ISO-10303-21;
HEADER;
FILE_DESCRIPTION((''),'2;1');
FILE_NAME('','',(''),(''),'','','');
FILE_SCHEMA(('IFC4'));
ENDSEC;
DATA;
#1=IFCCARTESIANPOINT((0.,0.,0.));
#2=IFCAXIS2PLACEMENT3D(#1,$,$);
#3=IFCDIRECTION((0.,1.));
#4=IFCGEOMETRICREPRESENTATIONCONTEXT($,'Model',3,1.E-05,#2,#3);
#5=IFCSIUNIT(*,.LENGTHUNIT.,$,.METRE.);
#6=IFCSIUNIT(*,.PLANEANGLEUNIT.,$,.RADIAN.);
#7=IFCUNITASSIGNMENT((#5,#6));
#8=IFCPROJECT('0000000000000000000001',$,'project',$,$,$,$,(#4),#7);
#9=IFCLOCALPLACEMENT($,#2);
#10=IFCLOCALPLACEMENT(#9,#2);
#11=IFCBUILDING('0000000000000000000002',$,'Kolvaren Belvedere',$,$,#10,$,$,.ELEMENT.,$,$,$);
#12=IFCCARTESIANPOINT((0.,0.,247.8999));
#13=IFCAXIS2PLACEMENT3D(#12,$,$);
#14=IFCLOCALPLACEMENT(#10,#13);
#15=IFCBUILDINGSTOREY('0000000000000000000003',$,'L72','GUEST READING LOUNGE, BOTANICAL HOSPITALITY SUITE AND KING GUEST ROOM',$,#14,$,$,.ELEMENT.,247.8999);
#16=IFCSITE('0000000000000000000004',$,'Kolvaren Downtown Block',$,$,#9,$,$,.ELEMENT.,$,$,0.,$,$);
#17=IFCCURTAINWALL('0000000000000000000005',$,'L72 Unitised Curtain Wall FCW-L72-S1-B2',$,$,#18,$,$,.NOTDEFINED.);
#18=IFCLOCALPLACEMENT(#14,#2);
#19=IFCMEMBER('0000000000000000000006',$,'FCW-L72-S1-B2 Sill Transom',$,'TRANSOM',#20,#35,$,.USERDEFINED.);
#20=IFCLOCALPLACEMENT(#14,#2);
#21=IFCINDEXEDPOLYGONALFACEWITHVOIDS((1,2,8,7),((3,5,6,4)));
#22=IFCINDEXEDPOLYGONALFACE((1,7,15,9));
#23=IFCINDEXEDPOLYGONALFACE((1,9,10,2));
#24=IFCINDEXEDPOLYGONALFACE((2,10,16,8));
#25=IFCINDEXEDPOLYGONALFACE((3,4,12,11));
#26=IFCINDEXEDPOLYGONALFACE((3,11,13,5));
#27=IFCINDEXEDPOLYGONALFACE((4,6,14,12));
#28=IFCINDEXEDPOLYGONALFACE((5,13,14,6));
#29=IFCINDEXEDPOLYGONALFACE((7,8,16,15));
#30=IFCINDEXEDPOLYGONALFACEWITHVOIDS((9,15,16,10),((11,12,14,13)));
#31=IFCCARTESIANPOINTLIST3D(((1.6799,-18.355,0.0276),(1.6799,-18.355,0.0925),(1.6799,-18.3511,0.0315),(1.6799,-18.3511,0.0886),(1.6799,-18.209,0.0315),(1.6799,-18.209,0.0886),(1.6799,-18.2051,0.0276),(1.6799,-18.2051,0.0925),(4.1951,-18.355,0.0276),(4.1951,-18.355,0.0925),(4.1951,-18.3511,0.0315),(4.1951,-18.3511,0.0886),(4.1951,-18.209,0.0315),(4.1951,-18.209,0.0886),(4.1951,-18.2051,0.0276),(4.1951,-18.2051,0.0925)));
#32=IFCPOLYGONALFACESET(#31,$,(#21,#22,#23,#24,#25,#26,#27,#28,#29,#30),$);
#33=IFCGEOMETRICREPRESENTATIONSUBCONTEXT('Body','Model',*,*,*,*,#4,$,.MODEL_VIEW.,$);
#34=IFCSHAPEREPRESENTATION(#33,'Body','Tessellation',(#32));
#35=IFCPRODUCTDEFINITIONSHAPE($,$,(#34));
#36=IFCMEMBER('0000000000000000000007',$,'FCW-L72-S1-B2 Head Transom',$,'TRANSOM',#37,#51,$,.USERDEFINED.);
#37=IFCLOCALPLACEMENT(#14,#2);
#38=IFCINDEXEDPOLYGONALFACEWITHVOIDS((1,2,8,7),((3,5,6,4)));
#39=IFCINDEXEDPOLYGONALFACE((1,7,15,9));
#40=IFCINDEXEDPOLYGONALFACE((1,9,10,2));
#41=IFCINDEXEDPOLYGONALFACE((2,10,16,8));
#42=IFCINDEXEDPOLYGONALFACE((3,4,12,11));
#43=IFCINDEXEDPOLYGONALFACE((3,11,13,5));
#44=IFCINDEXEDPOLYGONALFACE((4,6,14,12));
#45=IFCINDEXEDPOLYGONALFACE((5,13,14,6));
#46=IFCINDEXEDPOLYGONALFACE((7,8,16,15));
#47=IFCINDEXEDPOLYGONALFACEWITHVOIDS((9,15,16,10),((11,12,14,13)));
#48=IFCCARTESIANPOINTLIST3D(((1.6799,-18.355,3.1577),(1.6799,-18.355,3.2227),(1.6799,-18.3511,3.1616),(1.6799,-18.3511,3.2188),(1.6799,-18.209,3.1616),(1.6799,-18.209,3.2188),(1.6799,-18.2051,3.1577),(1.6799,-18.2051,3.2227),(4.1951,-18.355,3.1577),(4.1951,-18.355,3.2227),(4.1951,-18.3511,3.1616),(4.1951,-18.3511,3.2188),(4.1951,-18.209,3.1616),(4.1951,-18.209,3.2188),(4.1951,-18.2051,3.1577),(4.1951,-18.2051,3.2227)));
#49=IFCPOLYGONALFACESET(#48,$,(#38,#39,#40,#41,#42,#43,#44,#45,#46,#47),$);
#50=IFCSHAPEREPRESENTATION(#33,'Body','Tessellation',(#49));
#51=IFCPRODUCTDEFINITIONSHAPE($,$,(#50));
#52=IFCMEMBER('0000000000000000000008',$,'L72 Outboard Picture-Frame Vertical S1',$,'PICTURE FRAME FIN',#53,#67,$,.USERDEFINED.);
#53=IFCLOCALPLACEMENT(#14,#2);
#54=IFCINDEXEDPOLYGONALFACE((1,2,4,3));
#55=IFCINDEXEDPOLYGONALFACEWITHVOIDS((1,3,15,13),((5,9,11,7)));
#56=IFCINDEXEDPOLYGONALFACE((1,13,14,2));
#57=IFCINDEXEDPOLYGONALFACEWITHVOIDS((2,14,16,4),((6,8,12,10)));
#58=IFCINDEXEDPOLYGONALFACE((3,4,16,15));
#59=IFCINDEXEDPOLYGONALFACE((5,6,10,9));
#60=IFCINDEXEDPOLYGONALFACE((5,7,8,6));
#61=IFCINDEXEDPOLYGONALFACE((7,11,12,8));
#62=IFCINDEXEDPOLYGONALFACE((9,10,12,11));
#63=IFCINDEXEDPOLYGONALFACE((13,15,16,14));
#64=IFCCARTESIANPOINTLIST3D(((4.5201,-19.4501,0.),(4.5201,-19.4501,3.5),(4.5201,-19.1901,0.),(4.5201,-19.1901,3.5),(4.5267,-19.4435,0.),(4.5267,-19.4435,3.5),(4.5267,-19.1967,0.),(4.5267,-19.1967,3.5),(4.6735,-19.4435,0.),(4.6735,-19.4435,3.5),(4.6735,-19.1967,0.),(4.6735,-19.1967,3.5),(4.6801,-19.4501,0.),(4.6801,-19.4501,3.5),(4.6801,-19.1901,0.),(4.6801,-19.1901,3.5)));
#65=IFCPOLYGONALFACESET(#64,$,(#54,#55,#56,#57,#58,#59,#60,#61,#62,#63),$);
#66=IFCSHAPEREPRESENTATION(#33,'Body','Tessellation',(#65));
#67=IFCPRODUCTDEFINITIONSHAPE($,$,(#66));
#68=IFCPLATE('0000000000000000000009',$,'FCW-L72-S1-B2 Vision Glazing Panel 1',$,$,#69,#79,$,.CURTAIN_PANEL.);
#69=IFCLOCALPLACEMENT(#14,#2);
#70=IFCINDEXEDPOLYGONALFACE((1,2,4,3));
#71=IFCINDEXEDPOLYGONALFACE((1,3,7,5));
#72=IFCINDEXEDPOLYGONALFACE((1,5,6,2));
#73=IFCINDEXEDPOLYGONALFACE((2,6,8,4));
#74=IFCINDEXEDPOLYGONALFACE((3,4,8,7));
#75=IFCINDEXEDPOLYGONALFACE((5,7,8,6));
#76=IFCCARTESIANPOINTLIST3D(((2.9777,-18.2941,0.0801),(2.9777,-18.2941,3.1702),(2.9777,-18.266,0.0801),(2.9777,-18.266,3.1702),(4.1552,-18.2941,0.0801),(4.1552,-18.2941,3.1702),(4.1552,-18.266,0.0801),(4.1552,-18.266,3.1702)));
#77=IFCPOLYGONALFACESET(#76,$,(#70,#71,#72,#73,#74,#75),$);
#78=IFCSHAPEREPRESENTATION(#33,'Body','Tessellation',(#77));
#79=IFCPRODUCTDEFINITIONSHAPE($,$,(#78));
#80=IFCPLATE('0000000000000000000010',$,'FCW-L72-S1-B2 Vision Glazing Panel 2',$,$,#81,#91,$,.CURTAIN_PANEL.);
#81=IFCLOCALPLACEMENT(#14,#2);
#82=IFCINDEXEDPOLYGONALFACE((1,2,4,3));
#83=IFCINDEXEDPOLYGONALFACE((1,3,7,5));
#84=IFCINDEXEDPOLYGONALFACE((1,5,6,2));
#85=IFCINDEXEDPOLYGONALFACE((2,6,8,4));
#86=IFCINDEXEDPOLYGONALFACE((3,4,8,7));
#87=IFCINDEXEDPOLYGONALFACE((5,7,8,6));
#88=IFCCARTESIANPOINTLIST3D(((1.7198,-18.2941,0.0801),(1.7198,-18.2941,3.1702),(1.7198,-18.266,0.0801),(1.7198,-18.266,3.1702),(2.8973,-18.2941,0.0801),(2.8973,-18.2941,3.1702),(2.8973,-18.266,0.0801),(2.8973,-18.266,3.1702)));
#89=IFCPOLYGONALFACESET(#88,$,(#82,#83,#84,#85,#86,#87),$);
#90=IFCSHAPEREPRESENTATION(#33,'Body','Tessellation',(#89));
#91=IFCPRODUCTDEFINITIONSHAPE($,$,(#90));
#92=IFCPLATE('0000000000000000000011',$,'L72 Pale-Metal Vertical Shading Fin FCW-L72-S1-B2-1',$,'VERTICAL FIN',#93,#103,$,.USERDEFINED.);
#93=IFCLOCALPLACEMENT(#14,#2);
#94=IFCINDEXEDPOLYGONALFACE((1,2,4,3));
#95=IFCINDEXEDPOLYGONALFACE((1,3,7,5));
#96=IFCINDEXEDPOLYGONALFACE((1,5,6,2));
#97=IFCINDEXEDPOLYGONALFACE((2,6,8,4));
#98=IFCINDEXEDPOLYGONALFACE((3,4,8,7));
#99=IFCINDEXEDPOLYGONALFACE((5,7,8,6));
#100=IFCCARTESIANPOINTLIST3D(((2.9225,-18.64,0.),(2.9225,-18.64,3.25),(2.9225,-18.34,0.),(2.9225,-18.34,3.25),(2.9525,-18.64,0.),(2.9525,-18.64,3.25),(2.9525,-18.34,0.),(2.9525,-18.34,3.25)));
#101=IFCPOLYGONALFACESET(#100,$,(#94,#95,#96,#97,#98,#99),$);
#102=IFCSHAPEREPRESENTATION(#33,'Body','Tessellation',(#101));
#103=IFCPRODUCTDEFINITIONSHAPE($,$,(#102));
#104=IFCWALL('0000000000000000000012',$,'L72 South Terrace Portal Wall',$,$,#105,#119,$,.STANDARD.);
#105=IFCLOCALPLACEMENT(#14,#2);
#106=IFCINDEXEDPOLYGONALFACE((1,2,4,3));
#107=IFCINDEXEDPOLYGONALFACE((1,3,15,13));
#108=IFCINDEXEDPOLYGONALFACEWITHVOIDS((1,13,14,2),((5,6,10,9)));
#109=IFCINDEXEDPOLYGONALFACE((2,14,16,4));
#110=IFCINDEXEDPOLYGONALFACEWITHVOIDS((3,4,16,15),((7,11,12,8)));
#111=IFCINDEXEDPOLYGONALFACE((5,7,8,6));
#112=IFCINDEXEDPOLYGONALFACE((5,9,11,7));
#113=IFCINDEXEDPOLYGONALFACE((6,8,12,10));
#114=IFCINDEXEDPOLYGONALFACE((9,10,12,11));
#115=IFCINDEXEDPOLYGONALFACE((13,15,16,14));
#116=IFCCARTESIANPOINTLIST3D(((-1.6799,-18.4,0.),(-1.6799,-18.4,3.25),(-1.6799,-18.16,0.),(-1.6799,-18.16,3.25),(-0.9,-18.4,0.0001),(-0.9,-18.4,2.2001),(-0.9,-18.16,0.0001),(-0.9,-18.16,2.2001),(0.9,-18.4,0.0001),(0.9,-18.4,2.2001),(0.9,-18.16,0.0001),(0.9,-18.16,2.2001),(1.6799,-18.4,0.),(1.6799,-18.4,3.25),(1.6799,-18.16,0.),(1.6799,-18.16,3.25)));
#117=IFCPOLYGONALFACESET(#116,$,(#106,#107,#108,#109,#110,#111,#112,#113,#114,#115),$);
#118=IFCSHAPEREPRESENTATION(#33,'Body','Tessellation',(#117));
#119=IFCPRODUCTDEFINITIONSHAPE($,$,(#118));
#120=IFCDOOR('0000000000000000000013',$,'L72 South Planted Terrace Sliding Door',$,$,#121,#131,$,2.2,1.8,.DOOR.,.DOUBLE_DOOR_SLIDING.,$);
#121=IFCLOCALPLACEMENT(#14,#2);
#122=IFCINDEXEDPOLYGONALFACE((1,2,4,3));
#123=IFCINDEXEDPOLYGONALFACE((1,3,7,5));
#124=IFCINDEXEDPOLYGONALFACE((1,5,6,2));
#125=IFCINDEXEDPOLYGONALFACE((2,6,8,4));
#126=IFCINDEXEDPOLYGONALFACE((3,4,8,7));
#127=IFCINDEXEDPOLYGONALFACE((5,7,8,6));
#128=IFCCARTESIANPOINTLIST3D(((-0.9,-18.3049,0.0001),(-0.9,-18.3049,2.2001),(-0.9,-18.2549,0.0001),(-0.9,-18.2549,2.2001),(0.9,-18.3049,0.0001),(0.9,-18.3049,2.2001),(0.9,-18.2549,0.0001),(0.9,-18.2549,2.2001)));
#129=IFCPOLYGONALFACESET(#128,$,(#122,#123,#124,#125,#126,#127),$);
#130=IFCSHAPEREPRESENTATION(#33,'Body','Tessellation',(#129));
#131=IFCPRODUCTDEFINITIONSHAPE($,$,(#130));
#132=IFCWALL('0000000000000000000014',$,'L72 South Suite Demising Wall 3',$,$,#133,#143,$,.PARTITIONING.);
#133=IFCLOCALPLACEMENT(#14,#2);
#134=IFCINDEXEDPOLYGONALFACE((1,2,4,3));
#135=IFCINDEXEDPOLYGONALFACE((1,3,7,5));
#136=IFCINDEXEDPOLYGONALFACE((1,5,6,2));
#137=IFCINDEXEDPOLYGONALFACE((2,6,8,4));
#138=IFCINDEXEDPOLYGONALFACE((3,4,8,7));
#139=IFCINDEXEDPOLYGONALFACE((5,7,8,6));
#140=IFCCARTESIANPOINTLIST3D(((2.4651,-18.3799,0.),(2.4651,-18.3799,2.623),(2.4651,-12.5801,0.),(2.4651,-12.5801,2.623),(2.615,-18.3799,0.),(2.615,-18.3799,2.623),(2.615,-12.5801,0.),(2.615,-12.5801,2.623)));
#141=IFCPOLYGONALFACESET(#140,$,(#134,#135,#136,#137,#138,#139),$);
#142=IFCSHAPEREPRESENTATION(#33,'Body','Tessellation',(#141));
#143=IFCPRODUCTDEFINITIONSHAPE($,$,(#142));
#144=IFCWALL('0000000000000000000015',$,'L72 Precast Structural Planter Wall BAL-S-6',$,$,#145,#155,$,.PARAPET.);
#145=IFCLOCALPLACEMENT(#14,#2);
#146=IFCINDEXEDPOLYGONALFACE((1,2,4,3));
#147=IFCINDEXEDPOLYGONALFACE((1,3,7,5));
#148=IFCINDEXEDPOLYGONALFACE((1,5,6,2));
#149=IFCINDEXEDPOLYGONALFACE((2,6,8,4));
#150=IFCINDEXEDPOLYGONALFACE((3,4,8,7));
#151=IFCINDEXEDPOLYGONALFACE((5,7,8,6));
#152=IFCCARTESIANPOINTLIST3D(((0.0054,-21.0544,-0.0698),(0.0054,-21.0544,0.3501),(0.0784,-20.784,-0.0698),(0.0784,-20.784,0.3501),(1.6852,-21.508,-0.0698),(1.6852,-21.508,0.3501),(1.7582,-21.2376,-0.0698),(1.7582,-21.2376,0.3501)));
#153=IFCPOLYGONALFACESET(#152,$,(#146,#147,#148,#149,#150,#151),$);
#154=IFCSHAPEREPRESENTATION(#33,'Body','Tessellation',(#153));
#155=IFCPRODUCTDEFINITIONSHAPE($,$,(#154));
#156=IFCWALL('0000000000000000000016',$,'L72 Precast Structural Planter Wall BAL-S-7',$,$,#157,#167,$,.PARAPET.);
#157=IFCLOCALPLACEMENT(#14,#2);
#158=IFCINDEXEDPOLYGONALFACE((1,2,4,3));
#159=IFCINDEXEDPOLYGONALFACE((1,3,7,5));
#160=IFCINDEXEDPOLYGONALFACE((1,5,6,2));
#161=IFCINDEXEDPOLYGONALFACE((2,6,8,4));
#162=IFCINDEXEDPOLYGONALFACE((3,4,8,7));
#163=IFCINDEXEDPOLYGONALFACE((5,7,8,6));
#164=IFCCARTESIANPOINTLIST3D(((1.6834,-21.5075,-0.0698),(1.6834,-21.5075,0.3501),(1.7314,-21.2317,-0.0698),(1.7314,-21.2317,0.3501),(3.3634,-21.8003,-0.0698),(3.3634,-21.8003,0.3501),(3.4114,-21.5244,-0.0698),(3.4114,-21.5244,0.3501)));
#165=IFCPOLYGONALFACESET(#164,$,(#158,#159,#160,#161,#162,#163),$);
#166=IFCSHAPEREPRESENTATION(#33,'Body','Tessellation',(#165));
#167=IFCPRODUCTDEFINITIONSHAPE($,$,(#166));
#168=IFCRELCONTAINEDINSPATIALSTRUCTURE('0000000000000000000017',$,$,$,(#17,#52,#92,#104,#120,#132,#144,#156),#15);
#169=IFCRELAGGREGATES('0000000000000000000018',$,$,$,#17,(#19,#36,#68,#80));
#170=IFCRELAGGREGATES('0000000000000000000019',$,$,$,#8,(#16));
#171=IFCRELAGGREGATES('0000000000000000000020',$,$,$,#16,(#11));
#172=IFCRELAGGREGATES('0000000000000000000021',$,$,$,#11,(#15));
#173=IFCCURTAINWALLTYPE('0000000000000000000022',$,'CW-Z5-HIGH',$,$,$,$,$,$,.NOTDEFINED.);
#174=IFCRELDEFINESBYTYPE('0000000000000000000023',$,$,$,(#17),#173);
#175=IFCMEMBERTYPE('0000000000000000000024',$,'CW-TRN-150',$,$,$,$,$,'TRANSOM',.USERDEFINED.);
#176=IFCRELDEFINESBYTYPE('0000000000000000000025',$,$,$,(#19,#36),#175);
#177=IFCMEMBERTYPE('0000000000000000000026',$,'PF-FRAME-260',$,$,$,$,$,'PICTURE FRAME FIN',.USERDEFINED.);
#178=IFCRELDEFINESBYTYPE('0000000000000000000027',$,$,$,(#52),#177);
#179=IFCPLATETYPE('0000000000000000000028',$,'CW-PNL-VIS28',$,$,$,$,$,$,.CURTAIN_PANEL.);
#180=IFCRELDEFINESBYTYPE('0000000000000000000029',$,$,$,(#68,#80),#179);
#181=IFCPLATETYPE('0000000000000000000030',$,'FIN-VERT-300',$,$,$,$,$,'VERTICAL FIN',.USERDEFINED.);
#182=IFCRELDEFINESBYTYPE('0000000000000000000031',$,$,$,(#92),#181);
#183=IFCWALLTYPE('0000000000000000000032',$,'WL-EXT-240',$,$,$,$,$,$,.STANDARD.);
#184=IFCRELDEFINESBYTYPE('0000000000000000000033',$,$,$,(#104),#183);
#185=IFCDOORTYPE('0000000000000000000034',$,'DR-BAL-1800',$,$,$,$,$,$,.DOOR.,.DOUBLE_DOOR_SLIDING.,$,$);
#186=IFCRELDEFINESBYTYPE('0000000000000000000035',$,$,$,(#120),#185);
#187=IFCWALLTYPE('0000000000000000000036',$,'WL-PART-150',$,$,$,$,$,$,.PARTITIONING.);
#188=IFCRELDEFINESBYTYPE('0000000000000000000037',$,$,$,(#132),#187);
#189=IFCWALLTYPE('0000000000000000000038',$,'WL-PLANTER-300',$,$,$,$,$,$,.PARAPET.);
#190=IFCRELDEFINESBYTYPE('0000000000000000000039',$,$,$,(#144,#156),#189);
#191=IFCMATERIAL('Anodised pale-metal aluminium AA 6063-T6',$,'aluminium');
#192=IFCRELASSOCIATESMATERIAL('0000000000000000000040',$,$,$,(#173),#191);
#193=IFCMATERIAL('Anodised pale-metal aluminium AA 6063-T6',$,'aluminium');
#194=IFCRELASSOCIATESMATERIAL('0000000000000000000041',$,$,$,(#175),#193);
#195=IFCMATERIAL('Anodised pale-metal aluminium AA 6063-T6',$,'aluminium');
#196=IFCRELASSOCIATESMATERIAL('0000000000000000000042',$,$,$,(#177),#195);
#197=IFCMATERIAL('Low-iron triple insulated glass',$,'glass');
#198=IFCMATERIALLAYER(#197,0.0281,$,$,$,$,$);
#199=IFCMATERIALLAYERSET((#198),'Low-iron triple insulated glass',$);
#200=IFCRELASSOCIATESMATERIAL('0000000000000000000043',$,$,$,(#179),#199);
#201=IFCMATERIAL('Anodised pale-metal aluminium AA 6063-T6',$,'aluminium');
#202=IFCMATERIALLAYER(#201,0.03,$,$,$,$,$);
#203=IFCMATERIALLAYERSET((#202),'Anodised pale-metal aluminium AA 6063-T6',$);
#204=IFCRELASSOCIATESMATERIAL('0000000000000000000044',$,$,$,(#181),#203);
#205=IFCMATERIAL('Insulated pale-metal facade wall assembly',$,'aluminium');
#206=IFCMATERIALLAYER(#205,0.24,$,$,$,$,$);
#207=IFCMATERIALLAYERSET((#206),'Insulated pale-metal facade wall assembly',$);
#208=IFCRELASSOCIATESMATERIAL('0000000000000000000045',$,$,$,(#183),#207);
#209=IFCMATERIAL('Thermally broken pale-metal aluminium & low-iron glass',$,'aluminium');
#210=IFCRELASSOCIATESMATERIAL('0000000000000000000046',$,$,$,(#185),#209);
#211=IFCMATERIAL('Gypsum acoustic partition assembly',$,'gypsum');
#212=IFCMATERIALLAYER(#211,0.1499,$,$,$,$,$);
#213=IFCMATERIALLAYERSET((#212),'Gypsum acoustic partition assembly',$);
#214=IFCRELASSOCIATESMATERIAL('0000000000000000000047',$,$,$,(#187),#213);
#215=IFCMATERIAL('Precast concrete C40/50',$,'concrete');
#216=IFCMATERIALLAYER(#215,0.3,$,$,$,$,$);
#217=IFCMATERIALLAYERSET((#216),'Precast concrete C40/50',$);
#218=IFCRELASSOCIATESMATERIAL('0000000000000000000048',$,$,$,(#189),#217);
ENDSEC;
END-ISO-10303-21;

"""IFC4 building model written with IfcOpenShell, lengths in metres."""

from ifc_helpers import new_model, si_unit, direction, frame, frame_2d, origin, origin_2d, place, context, subcontext, project, spatial, rectangle, hollow_rectangle, extrude, material, layer, layer_set, material_profile, profile_set, type_object, element, fill, aggregate, save


model = new_model("IFC4")

# Units and contexts
model_context = context("Model", 3, precision=1e-05, world=origin(), true_north=direction((0.0, 1.0)))
body_context = subcontext(model_context, "Body", "Model", "MODEL_VIEW")
ifc_project = project(units=[si_unit("LENGTHUNIT", "METRE"), si_unit("PLANEANGLEUNIT", "RADIAN")], contexts=[model_context])

# Site, building, storey
site_placement = place(None, origin())
site = spatial("IfcSite", under=ifc_project, at=site_placement, Name="Kolvaren Downtown Block", CompositionType="ELEMENT", RefElevation=0.0)
building_placement = place(site_placement, origin())
building = spatial("IfcBuilding", under=site, at=building_placement, Name="Kolvaren Belvedere", CompositionType="ELEMENT")
storey_placement = place(building_placement, frame((0.0, 0.0, 247.8999)))
storey = spatial("IfcBuildingStorey", under=building, at=storey_placement, Name="L72", Description="GUEST READING LOUNGE, BOTANICAL HOSPITALITY SUITE AND KING GUEST ROOM", CompositionType="ELEMENT", Elevation=247.8999)

# Shared definitions
ifc_material_1 = material(Name="Anodised pale-metal aluminium AA 6063-T6", Category="aluminium")
curtain_wall_type = type_object("IfcCurtainWallType", Name="CW-Z5-HIGH", PredefinedType="NOTDEFINED", material=ifc_material_1)

# Curtain wall, members
curtain_wall_1_placement = place(storey_placement, origin())
curtain_wall_1 = element("IfcCurtainWall", 1, at=curtain_wall_1_placement, inside=storey, type_object=curtain_wall_type, Name="L72 Unitised Curtain Wall FCW-L72-S1-B2", PredefinedType="NOTDEFINED")
ifc_material_2 = material(Name="Anodised pale-metal aluminium AA 6063-T6", Category="aluminium")
ifc_material_profile_1 = material_profile(ifc_material_2, hollow_rectangle(XDim=0.0649, YDim=0.1499, WallThickness=0.0039, at=origin_2d()), Name="ALU-TRN-150X65")
ifc_profile_set_1 = profile_set([ifc_material_profile_1], Name="Anodised pale-metal aluminium AA 6063-T6")
member_type_1 = type_object("IfcMemberType", Name="CW-TRN-150", ElementType="TRANSOM", PredefinedType="USERDEFINED", material=ifc_profile_set_1)
member_1_placement = place(storey_placement, frame((4.1951, -18.28, 0.0601), z_axis=(-1.0, 0.0, 0.0), x_axis=(0.0, 0.0, 1.0)))
member_1 = element("IfcMember", 2, at=member_1_placement, type_object=member_type_1, Name="FCW-L72-S1-B2 Sill Transom", ObjectType="TRANSOM", PredefinedType="USERDEFINED", context=body_context, shape_type="SweptSolid", body=[
    extrude(hollow_rectangle(XDim=0.0649, YDim=0.1499, WallThickness=0.0039, at=origin_2d()), origin(), (0.0, 0.0, 1.0), 2.5151),
])
member_2_placement = place(storey_placement, frame((4.1951, -18.28, 3.1902), z_axis=(-1.0, 0.0, 0.0), x_axis=(0.0, 0.0, 1.0)))
member_2 = element("IfcMember", 3, at=member_2_placement, type_object=member_type_1, Name="FCW-L72-S1-B2 Head Transom", ObjectType="TRANSOM", PredefinedType="USERDEFINED", context=body_context, shape_type="SweptSolid", body=[
    extrude(hollow_rectangle(XDim=0.0649, YDim=0.1499, WallThickness=0.0039, at=origin_2d()), origin(), (0.0, 0.0, 1.0), 2.5151),
])

# Member
ifc_material_3 = material(Name="Anodised pale-metal aluminium AA 6063-T6", Category="aluminium")
ifc_material_profile_2 = material_profile(ifc_material_3, hollow_rectangle(XDim=0.1599, YDim=0.26, WallThickness=0.0066, at=origin_2d()), Name="ALU-PF-260X160")
ifc_profile_set_2 = profile_set([ifc_material_profile_2], Name="Anodised pale-metal aluminium AA 6063-T6")
member_type_2 = type_object("IfcMemberType", Name="PF-FRAME-260", ElementType="PICTURE FRAME FIN", PredefinedType="USERDEFINED", material=ifc_profile_set_2)
member_3_placement = place(storey_placement, frame((4.6001, -19.3201, 0.0), z_axis=(0.0, 0.0, 1.0), x_axis=(1.0, 0.0, 0.0)))
element("IfcMember", 4, at=member_3_placement, inside=storey, type_object=member_type_2, Name="L72 Outboard Picture-Frame Vertical S1", ObjectType="PICTURE FRAME FIN", PredefinedType="USERDEFINED", context=body_context, shape_type="SweptSolid", body=[
    extrude(hollow_rectangle(XDim=0.1599, YDim=0.26, WallThickness=0.0066, at=origin_2d()), origin(), (0.0, 0.0, 1.0), 3.5),
])

# Plates
ifc_material_4 = material(Name="Low-iron triple insulated glass", Category="glass")
ifc_layer_1 = layer(ifc_material_4, 0.0281)
ifc_layer_set_1 = layer_set([ifc_layer_1], Name="Low-iron triple insulated glass")
plate_type_1 = type_object("IfcPlateType", Name="CW-PNL-VIS28", PredefinedType="CURTAIN_PANEL", material=ifc_layer_set_1)
plate_1_placement = place(storey_placement, frame((3.5664, -18.28, 0.0801), z_axis=(0.0, 0.0, 1.0), x_axis=(-1.0, 0.0, 0.0)))
plate_1 = element("IfcPlate", 5, at=plate_1_placement, type_object=plate_type_1, Name="FCW-L72-S1-B2 Vision Glazing Panel 1", PredefinedType="CURTAIN_PANEL", context=body_context, shape_type="SweptSolid", body=[
    extrude(rectangle(XDim=1.1775, YDim=0.0281, at=origin_2d()), origin(), (0.0, 0.0, 1.0), 3.0901),
])
plate_2_placement = place(storey_placement, frame((2.3086, -18.28, 0.0801), z_axis=(0.0, 0.0, 1.0), x_axis=(-1.0, 0.0, 0.0)))
plate_2 = element("IfcPlate", 6, at=plate_2_placement, type_object=plate_type_1, Name="FCW-L72-S1-B2 Vision Glazing Panel 2", PredefinedType="CURTAIN_PANEL", context=body_context, shape_type="SweptSolid", body=[
    extrude(rectangle(XDim=1.1775, YDim=0.0281, at=origin_2d()), origin(), (0.0, 0.0, 1.0), 3.0901),
])
aggregate(curtain_wall_1, [member_1, member_2, plate_1, plate_2])
ifc_material_5 = material(Name="Anodised pale-metal aluminium AA 6063-T6", Category="aluminium")
ifc_layer_2 = layer(ifc_material_5, 0.03)
ifc_layer_set_2 = layer_set([ifc_layer_2], Name="Anodised pale-metal aluminium AA 6063-T6")
plate_type_2 = type_object("IfcPlateType", Name="FIN-VERT-300", ElementType="VERTICAL FIN", PredefinedType="USERDEFINED", material=ifc_layer_set_2)
plate_3_placement = place(storey_placement, frame((2.9375, -18.49, 0.0), z_axis=(0.0, 0.0, 1.0), x_axis=(0.0, 1.0, 0.0)))
element("IfcPlate", 7, at=plate_3_placement, inside=storey, type_object=plate_type_2, Name="L72 Pale-Metal Vertical Shading Fin FCW-L72-S1-B2-1", ObjectType="VERTICAL FIN", PredefinedType="USERDEFINED", context=body_context, shape_type="SweptSolid", body=[
    extrude(rectangle(XDim=0.3, YDim=0.03, at=origin_2d()), origin(), (0.0, 0.0, 1.0), 3.25),
])

# Wall, opening, door
ifc_material_6 = material(Name="Insulated pale-metal facade wall assembly", Category="aluminium")
ifc_layer_3 = layer(ifc_material_6, 0.24)
ifc_layer_set_3 = layer_set([ifc_layer_3], Name="Insulated pale-metal facade wall assembly")
wall_type_1 = type_object("IfcWallType", Name="WL-EXT-240", PredefinedType="STANDARD", material=ifc_layer_set_3)
wall_1_placement = place(storey_placement, frame((1.6799, -18.28, 0.0), z_axis=(0.0, 0.0, 1.0), x_axis=(-1.0, 0.0, 0.0)))
wall_1 = element("IfcWall", 8, at=wall_1_placement, inside=storey, type_object=wall_type_1, Name="L72 South Terrace Portal Wall", PredefinedType="STANDARD", context=body_context, shape_type="SweptSolid", body=[
    extrude(rectangle(XDim=3.3599, YDim=0.24, at=frame_2d((1.6799, 0.0))), origin(), (0.0, 0.0, 1.0), 3.25),
])
opening_placement = place(wall_1_placement, frame((0.78, 0.0, 0.0)))
opening = element("IfcOpeningElement", 9, at=opening_placement, cuts=wall_1, PredefinedType="OPENING", context=body_context, shape_type="SweptSolid", body=[
    extrude(rectangle(XDim=1.8, YDim=2.2, at=frame_2d((0.8999, 1.1001))), frame((0.0, 0.1299, 0.0), z_axis=(0.0, -1.0, 0.0), x_axis=(1.0, 0.0, 0.0)), (0.0, 0.0, 1.0), 0.26),
])
ifc_material_7 = material(Name="Thermally broken pale-metal aluminium & low-iron glass", Category="aluminium")
door_type = type_object("IfcDoorType", Name="DR-BAL-1800", OperationType="DOUBLE_DOOR_SLIDING", PredefinedType="DOOR", material=ifc_material_7)
door_placement = place(opening_placement, origin())
door = element("IfcDoor", 10, at=door_placement, inside=storey, type_object=door_type, Name="L72 South Planted Terrace Sliding Door", OperationType="DOUBLE_DOOR_SLIDING", OverallHeight=2.2, OverallWidth=1.8, PredefinedType="DOOR", context=body_context, shape_type="SweptSolid", body=[
    extrude(rectangle(XDim=1.8, YDim=2.2, at=frame_2d((0.8999, 1.1001))), frame((0.0, 0.0249, 0.0), z_axis=(0.0, -1.0, 0.0), x_axis=(1.0, 0.0, 0.0)), (0.0, 0.0, 1.0), 0.05),
])
fill(opening, door)

# Walls
ifc_material_8 = material(Name="Gypsum acoustic partition assembly", Category="gypsum")
ifc_layer_4 = layer(ifc_material_8, 0.1499)
ifc_layer_set_4 = layer_set([ifc_layer_4], Name="Gypsum acoustic partition assembly")
wall_type_2 = type_object("IfcWallType", Name="WL-PART-150", PredefinedType="PARTITIONING", material=ifc_layer_set_4)
wall_2_placement = place(storey_placement, frame((2.54, -18.3799, 0.0), z_axis=(0.0, 0.0, 1.0), x_axis=(0.0, 1.0, 0.0)))
element("IfcWall", 11, at=wall_2_placement, inside=storey, type_object=wall_type_2, Name="L72 South Suite Demising Wall 3", PredefinedType="PARTITIONING", context=body_context, shape_type="SweptSolid", body=[
    extrude(rectangle(XDim=5.7998, YDim=0.1499, at=frame_2d((2.8999, 0.0))), origin(), (0.0, 0.0, 1.0), 2.623),
])
ifc_material_9 = material(Name="Precast concrete C40/50", Category="concrete")
ifc_layer_5 = layer(ifc_material_9, 0.3)
ifc_layer_set_5 = layer_set([ifc_layer_5], Name="Precast concrete C40/50")
wall_type_3 = type_object("IfcWallType", Name="WL-PLANTER-300", PredefinedType="PARAPET", material=ifc_layer_set_5)
wall_3_placement = place(storey_placement, frame((0.0417, -20.9192, -0.0698), z_axis=(0.0, 0.0, 1.0), x_axis=(0.965424, -0.260683, 0.0)))
element("IfcWall", 12, at=wall_3_placement, inside=storey, type_object=wall_type_3, Name="L72 Precast Structural Planter Wall BAL-S-6", PredefinedType="PARAPET", context=body_context, shape_type="SweptSolid", body=[
    extrude(rectangle(XDim=1.74, YDim=0.28, at=frame_2d((0.8701, 0.0))), origin(), (0.0, 0.0, 1.0), 0.4199),
])
wall_4_placement = place(storey_placement, frame((1.7075, -21.3696, -0.0698), z_axis=(0.0, 0.0, 1.0), x_axis=(0.985156, -0.171661, 0.0)))
element("IfcWall", 13, at=wall_4_placement, inside=storey, type_object=wall_type_3, Name="L72 Precast Structural Planter Wall BAL-S-7", PredefinedType="PARAPET", context=body_context, shape_type="SweptSolid", body=[
    extrude(rectangle(XDim=1.7053, YDim=0.28, at=frame_2d((0.8525, 0.0))), origin(), (0.0, 0.0, 1.0), 0.4199),
])

save(model, "model.ifc")
